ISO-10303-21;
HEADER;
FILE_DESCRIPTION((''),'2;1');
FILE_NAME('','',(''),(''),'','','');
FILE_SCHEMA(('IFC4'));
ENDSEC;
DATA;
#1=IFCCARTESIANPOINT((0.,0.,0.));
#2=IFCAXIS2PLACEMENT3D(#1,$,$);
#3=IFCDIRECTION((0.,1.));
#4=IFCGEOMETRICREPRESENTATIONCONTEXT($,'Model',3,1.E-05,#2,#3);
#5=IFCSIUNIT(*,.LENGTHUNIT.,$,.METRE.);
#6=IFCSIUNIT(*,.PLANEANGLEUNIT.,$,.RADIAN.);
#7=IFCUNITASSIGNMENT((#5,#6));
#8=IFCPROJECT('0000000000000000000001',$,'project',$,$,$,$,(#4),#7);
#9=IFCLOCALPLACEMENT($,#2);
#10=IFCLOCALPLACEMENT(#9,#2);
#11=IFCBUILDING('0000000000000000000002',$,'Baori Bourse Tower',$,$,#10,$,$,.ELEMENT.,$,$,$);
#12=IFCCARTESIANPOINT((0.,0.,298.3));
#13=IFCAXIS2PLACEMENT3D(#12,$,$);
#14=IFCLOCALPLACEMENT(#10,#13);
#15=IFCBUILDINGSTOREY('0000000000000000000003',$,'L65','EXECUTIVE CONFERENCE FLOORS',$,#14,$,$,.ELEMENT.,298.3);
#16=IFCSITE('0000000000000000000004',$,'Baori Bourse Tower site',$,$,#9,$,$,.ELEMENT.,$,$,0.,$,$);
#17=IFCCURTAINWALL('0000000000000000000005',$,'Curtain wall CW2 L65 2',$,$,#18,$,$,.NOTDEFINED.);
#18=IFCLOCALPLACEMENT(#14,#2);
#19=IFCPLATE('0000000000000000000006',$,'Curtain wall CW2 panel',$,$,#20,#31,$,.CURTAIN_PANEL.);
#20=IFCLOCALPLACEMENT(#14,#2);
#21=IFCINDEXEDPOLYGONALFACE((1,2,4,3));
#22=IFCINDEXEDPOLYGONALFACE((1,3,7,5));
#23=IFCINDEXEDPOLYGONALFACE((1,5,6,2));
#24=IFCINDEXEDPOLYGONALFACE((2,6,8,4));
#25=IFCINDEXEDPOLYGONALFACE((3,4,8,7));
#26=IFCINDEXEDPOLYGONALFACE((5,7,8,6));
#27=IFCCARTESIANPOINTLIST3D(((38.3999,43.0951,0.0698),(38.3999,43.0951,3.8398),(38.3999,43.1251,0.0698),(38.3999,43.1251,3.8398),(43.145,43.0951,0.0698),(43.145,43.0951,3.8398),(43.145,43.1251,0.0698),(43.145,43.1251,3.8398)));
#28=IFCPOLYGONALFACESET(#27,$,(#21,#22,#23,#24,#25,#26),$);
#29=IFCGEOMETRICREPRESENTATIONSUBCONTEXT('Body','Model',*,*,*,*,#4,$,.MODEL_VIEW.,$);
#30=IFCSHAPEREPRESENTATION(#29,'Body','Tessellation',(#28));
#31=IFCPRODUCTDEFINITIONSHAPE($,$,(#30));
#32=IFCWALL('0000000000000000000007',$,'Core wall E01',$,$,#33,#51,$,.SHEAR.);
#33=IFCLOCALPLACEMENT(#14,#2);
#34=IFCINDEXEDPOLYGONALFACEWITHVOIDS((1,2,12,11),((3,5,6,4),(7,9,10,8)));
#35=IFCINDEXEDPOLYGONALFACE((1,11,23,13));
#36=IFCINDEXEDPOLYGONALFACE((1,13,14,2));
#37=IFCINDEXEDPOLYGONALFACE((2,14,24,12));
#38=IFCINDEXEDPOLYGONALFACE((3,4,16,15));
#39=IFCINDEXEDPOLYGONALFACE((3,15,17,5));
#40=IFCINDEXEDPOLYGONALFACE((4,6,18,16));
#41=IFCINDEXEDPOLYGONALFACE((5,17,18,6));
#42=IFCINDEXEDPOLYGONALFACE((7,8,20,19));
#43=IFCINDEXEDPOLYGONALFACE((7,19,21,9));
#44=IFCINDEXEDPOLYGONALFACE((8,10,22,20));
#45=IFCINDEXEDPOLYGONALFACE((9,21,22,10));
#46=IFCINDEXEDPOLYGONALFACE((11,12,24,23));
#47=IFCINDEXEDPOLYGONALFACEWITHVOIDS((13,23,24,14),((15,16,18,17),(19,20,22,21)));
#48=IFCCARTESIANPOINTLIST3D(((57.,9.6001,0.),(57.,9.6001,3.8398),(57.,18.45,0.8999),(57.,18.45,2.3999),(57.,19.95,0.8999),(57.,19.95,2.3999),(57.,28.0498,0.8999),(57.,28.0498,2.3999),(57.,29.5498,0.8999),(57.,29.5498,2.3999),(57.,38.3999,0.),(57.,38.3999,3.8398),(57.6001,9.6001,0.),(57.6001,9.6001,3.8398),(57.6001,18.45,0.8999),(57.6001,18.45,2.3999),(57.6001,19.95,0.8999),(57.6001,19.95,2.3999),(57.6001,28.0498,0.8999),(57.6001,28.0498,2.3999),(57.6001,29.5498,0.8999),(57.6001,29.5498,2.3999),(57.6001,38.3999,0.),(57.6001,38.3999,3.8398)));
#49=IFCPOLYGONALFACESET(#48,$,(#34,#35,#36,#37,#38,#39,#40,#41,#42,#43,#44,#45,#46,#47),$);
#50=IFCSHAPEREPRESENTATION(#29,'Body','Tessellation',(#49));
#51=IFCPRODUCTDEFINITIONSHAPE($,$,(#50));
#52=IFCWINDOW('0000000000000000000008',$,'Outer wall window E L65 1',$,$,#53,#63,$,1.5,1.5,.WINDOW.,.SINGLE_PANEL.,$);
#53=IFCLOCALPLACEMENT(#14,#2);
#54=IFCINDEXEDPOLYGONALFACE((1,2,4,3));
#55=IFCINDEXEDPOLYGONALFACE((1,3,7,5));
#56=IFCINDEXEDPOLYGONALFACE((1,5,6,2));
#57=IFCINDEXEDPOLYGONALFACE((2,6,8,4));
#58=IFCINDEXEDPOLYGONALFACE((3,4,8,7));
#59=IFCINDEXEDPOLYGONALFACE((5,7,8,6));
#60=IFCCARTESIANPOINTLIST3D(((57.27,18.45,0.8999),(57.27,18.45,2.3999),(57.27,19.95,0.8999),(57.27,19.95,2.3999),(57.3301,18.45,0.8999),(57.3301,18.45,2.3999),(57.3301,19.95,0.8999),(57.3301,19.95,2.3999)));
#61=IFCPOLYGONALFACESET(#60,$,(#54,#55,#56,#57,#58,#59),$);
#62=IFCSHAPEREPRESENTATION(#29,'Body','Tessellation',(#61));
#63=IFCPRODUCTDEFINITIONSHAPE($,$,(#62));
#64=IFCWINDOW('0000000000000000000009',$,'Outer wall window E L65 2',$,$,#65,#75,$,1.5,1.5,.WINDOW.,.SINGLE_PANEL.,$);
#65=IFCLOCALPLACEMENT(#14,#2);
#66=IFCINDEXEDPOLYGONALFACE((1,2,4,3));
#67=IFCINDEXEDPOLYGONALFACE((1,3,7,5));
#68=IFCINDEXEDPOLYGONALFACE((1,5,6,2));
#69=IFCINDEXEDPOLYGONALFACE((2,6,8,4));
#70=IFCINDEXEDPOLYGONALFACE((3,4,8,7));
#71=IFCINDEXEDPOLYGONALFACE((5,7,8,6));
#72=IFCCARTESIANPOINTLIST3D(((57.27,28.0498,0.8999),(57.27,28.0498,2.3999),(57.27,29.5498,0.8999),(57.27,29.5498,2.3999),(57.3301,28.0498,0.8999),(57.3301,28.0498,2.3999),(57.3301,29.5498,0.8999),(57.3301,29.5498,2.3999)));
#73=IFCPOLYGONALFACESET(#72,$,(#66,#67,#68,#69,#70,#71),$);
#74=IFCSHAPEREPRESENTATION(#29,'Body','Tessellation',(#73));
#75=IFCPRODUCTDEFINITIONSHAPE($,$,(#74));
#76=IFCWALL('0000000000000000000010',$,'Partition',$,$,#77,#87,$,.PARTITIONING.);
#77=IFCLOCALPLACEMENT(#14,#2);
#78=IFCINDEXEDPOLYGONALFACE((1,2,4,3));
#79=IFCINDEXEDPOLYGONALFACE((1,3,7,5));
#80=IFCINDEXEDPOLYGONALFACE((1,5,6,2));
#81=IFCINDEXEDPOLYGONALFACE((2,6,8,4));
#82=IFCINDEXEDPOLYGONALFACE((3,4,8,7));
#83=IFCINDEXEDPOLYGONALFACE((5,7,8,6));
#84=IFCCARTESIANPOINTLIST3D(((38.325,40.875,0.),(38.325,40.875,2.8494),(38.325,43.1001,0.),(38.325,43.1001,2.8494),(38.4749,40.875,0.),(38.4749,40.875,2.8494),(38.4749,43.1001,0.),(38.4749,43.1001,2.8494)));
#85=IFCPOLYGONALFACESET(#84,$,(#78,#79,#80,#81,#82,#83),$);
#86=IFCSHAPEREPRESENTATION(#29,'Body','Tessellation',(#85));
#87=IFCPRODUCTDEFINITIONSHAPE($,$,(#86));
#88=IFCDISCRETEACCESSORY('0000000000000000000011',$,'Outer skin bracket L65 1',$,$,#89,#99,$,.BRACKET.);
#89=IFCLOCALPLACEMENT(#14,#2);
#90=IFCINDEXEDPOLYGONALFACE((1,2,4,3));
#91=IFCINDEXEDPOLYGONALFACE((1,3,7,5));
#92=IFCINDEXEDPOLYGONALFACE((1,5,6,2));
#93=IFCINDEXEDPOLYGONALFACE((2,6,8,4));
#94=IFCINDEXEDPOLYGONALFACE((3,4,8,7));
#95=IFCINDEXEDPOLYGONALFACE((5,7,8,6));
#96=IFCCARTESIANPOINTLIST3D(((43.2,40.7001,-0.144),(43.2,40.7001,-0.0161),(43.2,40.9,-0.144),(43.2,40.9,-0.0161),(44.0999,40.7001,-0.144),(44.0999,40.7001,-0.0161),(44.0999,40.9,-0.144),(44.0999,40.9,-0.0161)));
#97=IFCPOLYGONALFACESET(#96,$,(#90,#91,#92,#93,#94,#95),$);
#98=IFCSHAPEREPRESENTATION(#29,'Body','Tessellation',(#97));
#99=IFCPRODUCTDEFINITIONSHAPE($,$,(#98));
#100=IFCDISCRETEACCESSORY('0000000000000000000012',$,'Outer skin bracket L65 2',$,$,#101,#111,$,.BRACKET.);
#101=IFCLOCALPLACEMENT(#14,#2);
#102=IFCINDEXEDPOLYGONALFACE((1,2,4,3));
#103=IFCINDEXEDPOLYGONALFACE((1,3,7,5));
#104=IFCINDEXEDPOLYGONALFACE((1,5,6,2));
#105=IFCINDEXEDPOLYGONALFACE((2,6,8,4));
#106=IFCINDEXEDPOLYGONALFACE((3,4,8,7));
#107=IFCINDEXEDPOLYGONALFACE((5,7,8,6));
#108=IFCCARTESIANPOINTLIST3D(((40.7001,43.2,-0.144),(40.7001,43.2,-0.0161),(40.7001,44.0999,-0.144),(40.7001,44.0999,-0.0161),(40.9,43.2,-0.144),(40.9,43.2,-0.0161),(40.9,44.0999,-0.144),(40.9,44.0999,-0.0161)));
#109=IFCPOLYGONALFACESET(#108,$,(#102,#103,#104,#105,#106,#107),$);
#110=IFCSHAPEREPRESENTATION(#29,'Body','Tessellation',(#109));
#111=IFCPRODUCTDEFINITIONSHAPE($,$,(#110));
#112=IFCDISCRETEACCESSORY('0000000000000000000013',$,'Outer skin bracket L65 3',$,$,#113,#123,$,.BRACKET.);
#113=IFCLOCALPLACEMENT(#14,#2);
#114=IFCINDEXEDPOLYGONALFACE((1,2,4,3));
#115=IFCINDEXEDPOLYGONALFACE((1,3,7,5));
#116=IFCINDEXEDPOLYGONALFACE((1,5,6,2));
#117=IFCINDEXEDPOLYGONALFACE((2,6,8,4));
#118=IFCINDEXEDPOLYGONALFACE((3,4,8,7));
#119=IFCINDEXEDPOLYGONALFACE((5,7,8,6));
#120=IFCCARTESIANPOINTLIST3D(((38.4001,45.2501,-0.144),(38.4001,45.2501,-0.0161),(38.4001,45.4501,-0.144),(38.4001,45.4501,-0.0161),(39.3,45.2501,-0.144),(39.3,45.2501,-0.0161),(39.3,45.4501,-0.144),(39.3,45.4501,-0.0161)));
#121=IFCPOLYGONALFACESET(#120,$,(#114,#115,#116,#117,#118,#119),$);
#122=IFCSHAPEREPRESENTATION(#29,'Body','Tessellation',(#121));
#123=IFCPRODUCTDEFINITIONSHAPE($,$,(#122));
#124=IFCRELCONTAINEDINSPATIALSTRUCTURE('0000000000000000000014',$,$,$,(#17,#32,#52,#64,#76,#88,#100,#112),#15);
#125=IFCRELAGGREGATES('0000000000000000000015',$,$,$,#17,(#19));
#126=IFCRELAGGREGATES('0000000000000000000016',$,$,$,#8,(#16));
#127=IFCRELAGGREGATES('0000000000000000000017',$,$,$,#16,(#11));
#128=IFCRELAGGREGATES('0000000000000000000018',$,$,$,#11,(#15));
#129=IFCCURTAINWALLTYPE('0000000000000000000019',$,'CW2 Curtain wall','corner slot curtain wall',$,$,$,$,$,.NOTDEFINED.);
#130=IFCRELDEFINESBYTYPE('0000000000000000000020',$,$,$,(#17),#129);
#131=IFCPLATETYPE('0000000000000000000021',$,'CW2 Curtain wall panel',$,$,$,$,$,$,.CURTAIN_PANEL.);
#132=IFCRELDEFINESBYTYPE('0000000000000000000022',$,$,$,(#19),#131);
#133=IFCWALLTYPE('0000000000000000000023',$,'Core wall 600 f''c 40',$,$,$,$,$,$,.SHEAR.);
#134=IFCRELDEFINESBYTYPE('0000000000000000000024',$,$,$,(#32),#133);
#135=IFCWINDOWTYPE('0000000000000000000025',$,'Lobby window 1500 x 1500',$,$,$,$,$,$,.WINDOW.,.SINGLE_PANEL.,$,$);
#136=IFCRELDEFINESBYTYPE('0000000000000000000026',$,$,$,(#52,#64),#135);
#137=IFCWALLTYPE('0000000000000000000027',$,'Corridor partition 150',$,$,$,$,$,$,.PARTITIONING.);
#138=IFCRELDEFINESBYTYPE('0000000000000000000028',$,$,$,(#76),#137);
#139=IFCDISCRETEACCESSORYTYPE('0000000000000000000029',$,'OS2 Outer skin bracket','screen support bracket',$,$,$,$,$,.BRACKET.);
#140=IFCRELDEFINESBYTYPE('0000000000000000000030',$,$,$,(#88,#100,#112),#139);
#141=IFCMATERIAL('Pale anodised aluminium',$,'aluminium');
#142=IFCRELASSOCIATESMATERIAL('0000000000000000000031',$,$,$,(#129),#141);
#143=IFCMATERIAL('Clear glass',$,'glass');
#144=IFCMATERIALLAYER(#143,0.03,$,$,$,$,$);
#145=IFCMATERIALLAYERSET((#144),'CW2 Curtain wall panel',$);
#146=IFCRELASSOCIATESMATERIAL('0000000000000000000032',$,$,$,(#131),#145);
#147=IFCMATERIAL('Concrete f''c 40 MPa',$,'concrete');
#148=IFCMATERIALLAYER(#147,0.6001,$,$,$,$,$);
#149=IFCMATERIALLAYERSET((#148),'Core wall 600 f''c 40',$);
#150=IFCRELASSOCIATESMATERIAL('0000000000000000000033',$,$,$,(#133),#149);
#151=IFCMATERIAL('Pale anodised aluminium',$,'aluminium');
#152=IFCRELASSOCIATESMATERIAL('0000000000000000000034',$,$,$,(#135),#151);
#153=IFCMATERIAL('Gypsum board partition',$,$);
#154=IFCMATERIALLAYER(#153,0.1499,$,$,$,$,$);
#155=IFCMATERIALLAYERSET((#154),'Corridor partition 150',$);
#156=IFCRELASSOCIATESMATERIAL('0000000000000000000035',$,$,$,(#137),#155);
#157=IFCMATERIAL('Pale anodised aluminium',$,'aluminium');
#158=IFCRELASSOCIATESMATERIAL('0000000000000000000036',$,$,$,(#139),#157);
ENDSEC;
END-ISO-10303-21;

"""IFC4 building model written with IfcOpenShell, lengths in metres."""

from ifc_helpers import new_model, si_unit, direction, frame, frame_2d, origin, origin_2d, place, context, subcontext, project, spatial, rectangle, extrude, material, layer, layer_set, type_object, element, fill, aggregate, save


model = new_model("IFC4")

# Units and contexts
model_context = context("Model", 3, precision=1e-05, world=origin(), true_north=direction((0.0, 1.0)))
body_context = subcontext(model_context, "Body", "Model", "MODEL_VIEW")
ifc_project = project(units=[si_unit("LENGTHUNIT", "METRE"), si_unit("PLANEANGLEUNIT", "RADIAN")], contexts=[model_context])

# Site, building, storey
site_placement = place(None, origin())
site = spatial("IfcSite", under=ifc_project, at=site_placement, Name="Baori Bourse Tower site", CompositionType="ELEMENT", RefElevation=0.0)
building_placement = place(site_placement, origin())
building = spatial("IfcBuilding", under=site, at=building_placement, Name="Baori Bourse Tower", CompositionType="ELEMENT")
storey_placement = place(building_placement, frame((0.0, 0.0, 298.3)))
storey = spatial("IfcBuildingStorey", under=building, at=storey_placement, Name="L65", Description="EXECUTIVE CONFERENCE FLOORS", CompositionType="ELEMENT", Elevation=298.3)

# Curtain wall
ifc_material_1 = material(Name="Pale anodised aluminium", Category="aluminium")
curtain_wall_type = type_object("IfcCurtainWallType", Name="CW2 Curtain wall", Description="corner slot curtain wall", PredefinedType="NOTDEFINED", material=ifc_material_1)
curtain_wall_1_placement = place(storey_placement, origin())
curtain_wall_1 = element("IfcCurtainWall", 1, at=curtain_wall_1_placement, inside=storey, type_object=curtain_wall_type, Name="Curtain wall CW2 L65 2", PredefinedType="NOTDEFINED")

# Plate
ifc_material_2 = material(Name="Clear glass", Category="glass")
ifc_layer_1 = layer(ifc_material_2, 0.03)
ifc_layer_set_1 = layer_set([ifc_layer_1], Name="CW2 Curtain wall panel")
plate_type = type_object("IfcPlateType", Name="CW2 Curtain wall panel", PredefinedType="CURTAIN_PANEL", material=ifc_layer_set_1)
plate_1_placement = place(storey_placement, frame((40.7725, 43.1101, 0.0698), z_axis=(0.0, 0.0, 1.0), x_axis=(-1.0, 0.0, 0.0)))
plate_1 = element("IfcPlate", 2, at=plate_1_placement, type_object=plate_type, Name="Curtain wall CW2 panel", PredefinedType="CURTAIN_PANEL", context=body_context, shape_type="SweptSolid", body=[
    extrude(rectangle(XDim=4.7451, YDim=0.03, at=origin_2d()), origin(), (0.0, 0.0, 1.0), 3.77),
])
aggregate(curtain_wall_1, [plate_1])

# Wall, openings, windows
ifc_material_3 = material(Name="Concrete f'c 40 MPa", Category="concrete")
ifc_layer_2 = layer(ifc_material_3, 0.6001)
ifc_layer_set_2 = layer_set([ifc_layer_2], Name="Core wall 600 f'c 40")
wall_type_1 = type_object("IfcWallType", Name="Core wall 600 f'c 40", PredefinedType="SHEAR", material=ifc_layer_set_2)
wall_1_placement = place(storey_placement, frame((57.3, 38.3999, 0.0), z_axis=(0.0, 0.0, 1.0), x_axis=(0.0, -1.0, 0.0)))
wall_1 = element("IfcWall", 3, at=wall_1_placement, inside=storey, type_object=wall_type_1, Name="Core wall E01", PredefinedType="SHEAR", context=body_context, shape_type="SweptSolid", body=[
    extrude(rectangle(XDim=28.7998, YDim=0.6001, at=frame_2d((14.3999, 0.0))), origin(), (0.0, 0.0, 1.0), 3.8398),
])
opening_1_placement = place(wall_1_placement, frame((18.45, 0.0, 0.8999)))
opening_1 = element("IfcOpeningElement", 4, at=opening_1_placement, cuts=wall_1, PredefinedType="OPENING", context=body_context, shape_type="SweptSolid", body=[
    extrude(rectangle(XDim=1.5, YDim=1.5, at=frame_2d((0.75, 0.75))), frame((0.0, 0.3101, 0.0), z_axis=(0.0, -1.0, 0.0), x_axis=(1.0, 0.0, 0.0)), (0.0, 0.0, 1.0), 0.6201),
])
opening_2_placement = place(wall_1_placement, frame((8.8501, 0.0, 0.8999)))
opening_2 = element("IfcOpeningElement", 5, at=opening_2_placement, cuts=wall_1, PredefinedType="OPENING", context=body_context, shape_type="SweptSolid", body=[
    extrude(rectangle(XDim=1.5, YDim=1.5, at=frame_2d((0.75, 0.75))), frame((0.0, 0.3101, 0.0), z_axis=(0.0, -1.0, 0.0), x_axis=(1.0, 0.0, 0.0)), (0.0, 0.0, 1.0), 0.6201),
])
ifc_material_4 = material(Name="Pale anodised aluminium", Category="aluminium")
window_type = type_object("IfcWindowType", Name="Lobby window 1500 x 1500", PartitioningType="SINGLE_PANEL", PredefinedType="WINDOW", material=ifc_material_4)
window_1_placement = place(opening_1_placement, origin())
window_1 = element("IfcWindow", 6, at=window_1_placement, inside=storey, type_object=window_type, Name="Outer wall window E L65 1", OverallHeight=1.5, OverallWidth=1.5, PartitioningType="SINGLE_PANEL", PredefinedType="WINDOW", context=body_context, shape_type="SweptSolid", body=[
    extrude(rectangle(XDim=1.5, YDim=1.5, at=frame_2d((0.75, 0.75))), frame((0.0, 0.03, 0.0), z_axis=(0.0, -1.0, 0.0), x_axis=(1.0, 0.0, 0.0)), (0.0, 0.0, 1.0), 0.0601),
])
fill(opening_1, window_1)
window_2_placement = place(opening_2_placement, origin())
window_2 = element("IfcWindow", 7, at=window_2_placement, inside=storey, type_object=window_type, Name="Outer wall window E L65 2", OverallHeight=1.5, OverallWidth=1.5, PartitioningType="SINGLE_PANEL", PredefinedType="WINDOW", context=body_context, shape_type="SweptSolid", body=[
    extrude(rectangle(XDim=1.5, YDim=1.5, at=frame_2d((0.75, 0.75))), frame((0.0, 0.03, 0.0), z_axis=(0.0, -1.0, 0.0), x_axis=(1.0, 0.0, 0.0)), (0.0, 0.0, 1.0), 0.0601),
])
fill(opening_2, window_2)

# Wall
ifc_material_5 = material(Name="Gypsum board partition")
ifc_layer_3 = layer(ifc_material_5, 0.1499)
ifc_layer_set_3 = layer_set([ifc_layer_3], Name="Corridor partition 150")
wall_type_2 = type_object("IfcWallType", Name="Corridor partition 150", PredefinedType="PARTITIONING", material=ifc_layer_set_3)
wall_2_placement = place(storey_placement, frame((38.3999, 40.875, 0.0), z_axis=(0.0, 0.0, 1.0), x_axis=(0.0, 1.0, 0.0)))
element("IfcWall", 8, at=wall_2_placement, inside=storey, type_object=wall_type_2, Name="Partition", PredefinedType="PARTITIONING", context=body_context, shape_type="SweptSolid", body=[
    extrude(rectangle(XDim=2.2251, YDim=0.1499, at=frame_2d((1.1125, 0.0))), origin(), (0.0, 0.0, 1.0), 2.8494),
])

# Discrete accessories
ifc_material_6 = material(Name="Pale anodised aluminium", Category="aluminium")
discrete_accessory_type = type_object("IfcDiscreteAccessoryType", Name="OS2 Outer skin bracket", Description="screen support bracket", PredefinedType="BRACKET", material=ifc_material_6)
for number, where, z_axis, x_axis, name in (
    (9, (43.6499, 40.8, -0.144), (0.0, 0.0, 1.0), (0.0, 1.0, 0.0), "Outer skin bracket L65 1"),
    (10, (40.8, 43.6499, -0.144), (0.0, 0.0, 1.0), (-1.0, 0.0, 0.0), "Outer skin bracket L65 2"),
    (11, (38.8501, 45.3501, -0.144), (0.0, 0.0, 1.0), (0.0, 1.0, 0.0), "Outer skin bracket L65 3"),
):
    element("IfcDiscreteAccessory", number, at=place(storey_placement, frame(where, z_axis=z_axis, x_axis=x_axis)), inside=storey, type_object=discrete_accessory_type, Name=name, PredefinedType="BRACKET", context=body_context, shape_type="SweptSolid", body=[
        extrude(rectangle(XDim=0.2, YDim=0.8999, at=origin_2d()), origin(), (0.0, 0.0, 1.0), 0.1279),
    ])

save(model, "model.ifc")
